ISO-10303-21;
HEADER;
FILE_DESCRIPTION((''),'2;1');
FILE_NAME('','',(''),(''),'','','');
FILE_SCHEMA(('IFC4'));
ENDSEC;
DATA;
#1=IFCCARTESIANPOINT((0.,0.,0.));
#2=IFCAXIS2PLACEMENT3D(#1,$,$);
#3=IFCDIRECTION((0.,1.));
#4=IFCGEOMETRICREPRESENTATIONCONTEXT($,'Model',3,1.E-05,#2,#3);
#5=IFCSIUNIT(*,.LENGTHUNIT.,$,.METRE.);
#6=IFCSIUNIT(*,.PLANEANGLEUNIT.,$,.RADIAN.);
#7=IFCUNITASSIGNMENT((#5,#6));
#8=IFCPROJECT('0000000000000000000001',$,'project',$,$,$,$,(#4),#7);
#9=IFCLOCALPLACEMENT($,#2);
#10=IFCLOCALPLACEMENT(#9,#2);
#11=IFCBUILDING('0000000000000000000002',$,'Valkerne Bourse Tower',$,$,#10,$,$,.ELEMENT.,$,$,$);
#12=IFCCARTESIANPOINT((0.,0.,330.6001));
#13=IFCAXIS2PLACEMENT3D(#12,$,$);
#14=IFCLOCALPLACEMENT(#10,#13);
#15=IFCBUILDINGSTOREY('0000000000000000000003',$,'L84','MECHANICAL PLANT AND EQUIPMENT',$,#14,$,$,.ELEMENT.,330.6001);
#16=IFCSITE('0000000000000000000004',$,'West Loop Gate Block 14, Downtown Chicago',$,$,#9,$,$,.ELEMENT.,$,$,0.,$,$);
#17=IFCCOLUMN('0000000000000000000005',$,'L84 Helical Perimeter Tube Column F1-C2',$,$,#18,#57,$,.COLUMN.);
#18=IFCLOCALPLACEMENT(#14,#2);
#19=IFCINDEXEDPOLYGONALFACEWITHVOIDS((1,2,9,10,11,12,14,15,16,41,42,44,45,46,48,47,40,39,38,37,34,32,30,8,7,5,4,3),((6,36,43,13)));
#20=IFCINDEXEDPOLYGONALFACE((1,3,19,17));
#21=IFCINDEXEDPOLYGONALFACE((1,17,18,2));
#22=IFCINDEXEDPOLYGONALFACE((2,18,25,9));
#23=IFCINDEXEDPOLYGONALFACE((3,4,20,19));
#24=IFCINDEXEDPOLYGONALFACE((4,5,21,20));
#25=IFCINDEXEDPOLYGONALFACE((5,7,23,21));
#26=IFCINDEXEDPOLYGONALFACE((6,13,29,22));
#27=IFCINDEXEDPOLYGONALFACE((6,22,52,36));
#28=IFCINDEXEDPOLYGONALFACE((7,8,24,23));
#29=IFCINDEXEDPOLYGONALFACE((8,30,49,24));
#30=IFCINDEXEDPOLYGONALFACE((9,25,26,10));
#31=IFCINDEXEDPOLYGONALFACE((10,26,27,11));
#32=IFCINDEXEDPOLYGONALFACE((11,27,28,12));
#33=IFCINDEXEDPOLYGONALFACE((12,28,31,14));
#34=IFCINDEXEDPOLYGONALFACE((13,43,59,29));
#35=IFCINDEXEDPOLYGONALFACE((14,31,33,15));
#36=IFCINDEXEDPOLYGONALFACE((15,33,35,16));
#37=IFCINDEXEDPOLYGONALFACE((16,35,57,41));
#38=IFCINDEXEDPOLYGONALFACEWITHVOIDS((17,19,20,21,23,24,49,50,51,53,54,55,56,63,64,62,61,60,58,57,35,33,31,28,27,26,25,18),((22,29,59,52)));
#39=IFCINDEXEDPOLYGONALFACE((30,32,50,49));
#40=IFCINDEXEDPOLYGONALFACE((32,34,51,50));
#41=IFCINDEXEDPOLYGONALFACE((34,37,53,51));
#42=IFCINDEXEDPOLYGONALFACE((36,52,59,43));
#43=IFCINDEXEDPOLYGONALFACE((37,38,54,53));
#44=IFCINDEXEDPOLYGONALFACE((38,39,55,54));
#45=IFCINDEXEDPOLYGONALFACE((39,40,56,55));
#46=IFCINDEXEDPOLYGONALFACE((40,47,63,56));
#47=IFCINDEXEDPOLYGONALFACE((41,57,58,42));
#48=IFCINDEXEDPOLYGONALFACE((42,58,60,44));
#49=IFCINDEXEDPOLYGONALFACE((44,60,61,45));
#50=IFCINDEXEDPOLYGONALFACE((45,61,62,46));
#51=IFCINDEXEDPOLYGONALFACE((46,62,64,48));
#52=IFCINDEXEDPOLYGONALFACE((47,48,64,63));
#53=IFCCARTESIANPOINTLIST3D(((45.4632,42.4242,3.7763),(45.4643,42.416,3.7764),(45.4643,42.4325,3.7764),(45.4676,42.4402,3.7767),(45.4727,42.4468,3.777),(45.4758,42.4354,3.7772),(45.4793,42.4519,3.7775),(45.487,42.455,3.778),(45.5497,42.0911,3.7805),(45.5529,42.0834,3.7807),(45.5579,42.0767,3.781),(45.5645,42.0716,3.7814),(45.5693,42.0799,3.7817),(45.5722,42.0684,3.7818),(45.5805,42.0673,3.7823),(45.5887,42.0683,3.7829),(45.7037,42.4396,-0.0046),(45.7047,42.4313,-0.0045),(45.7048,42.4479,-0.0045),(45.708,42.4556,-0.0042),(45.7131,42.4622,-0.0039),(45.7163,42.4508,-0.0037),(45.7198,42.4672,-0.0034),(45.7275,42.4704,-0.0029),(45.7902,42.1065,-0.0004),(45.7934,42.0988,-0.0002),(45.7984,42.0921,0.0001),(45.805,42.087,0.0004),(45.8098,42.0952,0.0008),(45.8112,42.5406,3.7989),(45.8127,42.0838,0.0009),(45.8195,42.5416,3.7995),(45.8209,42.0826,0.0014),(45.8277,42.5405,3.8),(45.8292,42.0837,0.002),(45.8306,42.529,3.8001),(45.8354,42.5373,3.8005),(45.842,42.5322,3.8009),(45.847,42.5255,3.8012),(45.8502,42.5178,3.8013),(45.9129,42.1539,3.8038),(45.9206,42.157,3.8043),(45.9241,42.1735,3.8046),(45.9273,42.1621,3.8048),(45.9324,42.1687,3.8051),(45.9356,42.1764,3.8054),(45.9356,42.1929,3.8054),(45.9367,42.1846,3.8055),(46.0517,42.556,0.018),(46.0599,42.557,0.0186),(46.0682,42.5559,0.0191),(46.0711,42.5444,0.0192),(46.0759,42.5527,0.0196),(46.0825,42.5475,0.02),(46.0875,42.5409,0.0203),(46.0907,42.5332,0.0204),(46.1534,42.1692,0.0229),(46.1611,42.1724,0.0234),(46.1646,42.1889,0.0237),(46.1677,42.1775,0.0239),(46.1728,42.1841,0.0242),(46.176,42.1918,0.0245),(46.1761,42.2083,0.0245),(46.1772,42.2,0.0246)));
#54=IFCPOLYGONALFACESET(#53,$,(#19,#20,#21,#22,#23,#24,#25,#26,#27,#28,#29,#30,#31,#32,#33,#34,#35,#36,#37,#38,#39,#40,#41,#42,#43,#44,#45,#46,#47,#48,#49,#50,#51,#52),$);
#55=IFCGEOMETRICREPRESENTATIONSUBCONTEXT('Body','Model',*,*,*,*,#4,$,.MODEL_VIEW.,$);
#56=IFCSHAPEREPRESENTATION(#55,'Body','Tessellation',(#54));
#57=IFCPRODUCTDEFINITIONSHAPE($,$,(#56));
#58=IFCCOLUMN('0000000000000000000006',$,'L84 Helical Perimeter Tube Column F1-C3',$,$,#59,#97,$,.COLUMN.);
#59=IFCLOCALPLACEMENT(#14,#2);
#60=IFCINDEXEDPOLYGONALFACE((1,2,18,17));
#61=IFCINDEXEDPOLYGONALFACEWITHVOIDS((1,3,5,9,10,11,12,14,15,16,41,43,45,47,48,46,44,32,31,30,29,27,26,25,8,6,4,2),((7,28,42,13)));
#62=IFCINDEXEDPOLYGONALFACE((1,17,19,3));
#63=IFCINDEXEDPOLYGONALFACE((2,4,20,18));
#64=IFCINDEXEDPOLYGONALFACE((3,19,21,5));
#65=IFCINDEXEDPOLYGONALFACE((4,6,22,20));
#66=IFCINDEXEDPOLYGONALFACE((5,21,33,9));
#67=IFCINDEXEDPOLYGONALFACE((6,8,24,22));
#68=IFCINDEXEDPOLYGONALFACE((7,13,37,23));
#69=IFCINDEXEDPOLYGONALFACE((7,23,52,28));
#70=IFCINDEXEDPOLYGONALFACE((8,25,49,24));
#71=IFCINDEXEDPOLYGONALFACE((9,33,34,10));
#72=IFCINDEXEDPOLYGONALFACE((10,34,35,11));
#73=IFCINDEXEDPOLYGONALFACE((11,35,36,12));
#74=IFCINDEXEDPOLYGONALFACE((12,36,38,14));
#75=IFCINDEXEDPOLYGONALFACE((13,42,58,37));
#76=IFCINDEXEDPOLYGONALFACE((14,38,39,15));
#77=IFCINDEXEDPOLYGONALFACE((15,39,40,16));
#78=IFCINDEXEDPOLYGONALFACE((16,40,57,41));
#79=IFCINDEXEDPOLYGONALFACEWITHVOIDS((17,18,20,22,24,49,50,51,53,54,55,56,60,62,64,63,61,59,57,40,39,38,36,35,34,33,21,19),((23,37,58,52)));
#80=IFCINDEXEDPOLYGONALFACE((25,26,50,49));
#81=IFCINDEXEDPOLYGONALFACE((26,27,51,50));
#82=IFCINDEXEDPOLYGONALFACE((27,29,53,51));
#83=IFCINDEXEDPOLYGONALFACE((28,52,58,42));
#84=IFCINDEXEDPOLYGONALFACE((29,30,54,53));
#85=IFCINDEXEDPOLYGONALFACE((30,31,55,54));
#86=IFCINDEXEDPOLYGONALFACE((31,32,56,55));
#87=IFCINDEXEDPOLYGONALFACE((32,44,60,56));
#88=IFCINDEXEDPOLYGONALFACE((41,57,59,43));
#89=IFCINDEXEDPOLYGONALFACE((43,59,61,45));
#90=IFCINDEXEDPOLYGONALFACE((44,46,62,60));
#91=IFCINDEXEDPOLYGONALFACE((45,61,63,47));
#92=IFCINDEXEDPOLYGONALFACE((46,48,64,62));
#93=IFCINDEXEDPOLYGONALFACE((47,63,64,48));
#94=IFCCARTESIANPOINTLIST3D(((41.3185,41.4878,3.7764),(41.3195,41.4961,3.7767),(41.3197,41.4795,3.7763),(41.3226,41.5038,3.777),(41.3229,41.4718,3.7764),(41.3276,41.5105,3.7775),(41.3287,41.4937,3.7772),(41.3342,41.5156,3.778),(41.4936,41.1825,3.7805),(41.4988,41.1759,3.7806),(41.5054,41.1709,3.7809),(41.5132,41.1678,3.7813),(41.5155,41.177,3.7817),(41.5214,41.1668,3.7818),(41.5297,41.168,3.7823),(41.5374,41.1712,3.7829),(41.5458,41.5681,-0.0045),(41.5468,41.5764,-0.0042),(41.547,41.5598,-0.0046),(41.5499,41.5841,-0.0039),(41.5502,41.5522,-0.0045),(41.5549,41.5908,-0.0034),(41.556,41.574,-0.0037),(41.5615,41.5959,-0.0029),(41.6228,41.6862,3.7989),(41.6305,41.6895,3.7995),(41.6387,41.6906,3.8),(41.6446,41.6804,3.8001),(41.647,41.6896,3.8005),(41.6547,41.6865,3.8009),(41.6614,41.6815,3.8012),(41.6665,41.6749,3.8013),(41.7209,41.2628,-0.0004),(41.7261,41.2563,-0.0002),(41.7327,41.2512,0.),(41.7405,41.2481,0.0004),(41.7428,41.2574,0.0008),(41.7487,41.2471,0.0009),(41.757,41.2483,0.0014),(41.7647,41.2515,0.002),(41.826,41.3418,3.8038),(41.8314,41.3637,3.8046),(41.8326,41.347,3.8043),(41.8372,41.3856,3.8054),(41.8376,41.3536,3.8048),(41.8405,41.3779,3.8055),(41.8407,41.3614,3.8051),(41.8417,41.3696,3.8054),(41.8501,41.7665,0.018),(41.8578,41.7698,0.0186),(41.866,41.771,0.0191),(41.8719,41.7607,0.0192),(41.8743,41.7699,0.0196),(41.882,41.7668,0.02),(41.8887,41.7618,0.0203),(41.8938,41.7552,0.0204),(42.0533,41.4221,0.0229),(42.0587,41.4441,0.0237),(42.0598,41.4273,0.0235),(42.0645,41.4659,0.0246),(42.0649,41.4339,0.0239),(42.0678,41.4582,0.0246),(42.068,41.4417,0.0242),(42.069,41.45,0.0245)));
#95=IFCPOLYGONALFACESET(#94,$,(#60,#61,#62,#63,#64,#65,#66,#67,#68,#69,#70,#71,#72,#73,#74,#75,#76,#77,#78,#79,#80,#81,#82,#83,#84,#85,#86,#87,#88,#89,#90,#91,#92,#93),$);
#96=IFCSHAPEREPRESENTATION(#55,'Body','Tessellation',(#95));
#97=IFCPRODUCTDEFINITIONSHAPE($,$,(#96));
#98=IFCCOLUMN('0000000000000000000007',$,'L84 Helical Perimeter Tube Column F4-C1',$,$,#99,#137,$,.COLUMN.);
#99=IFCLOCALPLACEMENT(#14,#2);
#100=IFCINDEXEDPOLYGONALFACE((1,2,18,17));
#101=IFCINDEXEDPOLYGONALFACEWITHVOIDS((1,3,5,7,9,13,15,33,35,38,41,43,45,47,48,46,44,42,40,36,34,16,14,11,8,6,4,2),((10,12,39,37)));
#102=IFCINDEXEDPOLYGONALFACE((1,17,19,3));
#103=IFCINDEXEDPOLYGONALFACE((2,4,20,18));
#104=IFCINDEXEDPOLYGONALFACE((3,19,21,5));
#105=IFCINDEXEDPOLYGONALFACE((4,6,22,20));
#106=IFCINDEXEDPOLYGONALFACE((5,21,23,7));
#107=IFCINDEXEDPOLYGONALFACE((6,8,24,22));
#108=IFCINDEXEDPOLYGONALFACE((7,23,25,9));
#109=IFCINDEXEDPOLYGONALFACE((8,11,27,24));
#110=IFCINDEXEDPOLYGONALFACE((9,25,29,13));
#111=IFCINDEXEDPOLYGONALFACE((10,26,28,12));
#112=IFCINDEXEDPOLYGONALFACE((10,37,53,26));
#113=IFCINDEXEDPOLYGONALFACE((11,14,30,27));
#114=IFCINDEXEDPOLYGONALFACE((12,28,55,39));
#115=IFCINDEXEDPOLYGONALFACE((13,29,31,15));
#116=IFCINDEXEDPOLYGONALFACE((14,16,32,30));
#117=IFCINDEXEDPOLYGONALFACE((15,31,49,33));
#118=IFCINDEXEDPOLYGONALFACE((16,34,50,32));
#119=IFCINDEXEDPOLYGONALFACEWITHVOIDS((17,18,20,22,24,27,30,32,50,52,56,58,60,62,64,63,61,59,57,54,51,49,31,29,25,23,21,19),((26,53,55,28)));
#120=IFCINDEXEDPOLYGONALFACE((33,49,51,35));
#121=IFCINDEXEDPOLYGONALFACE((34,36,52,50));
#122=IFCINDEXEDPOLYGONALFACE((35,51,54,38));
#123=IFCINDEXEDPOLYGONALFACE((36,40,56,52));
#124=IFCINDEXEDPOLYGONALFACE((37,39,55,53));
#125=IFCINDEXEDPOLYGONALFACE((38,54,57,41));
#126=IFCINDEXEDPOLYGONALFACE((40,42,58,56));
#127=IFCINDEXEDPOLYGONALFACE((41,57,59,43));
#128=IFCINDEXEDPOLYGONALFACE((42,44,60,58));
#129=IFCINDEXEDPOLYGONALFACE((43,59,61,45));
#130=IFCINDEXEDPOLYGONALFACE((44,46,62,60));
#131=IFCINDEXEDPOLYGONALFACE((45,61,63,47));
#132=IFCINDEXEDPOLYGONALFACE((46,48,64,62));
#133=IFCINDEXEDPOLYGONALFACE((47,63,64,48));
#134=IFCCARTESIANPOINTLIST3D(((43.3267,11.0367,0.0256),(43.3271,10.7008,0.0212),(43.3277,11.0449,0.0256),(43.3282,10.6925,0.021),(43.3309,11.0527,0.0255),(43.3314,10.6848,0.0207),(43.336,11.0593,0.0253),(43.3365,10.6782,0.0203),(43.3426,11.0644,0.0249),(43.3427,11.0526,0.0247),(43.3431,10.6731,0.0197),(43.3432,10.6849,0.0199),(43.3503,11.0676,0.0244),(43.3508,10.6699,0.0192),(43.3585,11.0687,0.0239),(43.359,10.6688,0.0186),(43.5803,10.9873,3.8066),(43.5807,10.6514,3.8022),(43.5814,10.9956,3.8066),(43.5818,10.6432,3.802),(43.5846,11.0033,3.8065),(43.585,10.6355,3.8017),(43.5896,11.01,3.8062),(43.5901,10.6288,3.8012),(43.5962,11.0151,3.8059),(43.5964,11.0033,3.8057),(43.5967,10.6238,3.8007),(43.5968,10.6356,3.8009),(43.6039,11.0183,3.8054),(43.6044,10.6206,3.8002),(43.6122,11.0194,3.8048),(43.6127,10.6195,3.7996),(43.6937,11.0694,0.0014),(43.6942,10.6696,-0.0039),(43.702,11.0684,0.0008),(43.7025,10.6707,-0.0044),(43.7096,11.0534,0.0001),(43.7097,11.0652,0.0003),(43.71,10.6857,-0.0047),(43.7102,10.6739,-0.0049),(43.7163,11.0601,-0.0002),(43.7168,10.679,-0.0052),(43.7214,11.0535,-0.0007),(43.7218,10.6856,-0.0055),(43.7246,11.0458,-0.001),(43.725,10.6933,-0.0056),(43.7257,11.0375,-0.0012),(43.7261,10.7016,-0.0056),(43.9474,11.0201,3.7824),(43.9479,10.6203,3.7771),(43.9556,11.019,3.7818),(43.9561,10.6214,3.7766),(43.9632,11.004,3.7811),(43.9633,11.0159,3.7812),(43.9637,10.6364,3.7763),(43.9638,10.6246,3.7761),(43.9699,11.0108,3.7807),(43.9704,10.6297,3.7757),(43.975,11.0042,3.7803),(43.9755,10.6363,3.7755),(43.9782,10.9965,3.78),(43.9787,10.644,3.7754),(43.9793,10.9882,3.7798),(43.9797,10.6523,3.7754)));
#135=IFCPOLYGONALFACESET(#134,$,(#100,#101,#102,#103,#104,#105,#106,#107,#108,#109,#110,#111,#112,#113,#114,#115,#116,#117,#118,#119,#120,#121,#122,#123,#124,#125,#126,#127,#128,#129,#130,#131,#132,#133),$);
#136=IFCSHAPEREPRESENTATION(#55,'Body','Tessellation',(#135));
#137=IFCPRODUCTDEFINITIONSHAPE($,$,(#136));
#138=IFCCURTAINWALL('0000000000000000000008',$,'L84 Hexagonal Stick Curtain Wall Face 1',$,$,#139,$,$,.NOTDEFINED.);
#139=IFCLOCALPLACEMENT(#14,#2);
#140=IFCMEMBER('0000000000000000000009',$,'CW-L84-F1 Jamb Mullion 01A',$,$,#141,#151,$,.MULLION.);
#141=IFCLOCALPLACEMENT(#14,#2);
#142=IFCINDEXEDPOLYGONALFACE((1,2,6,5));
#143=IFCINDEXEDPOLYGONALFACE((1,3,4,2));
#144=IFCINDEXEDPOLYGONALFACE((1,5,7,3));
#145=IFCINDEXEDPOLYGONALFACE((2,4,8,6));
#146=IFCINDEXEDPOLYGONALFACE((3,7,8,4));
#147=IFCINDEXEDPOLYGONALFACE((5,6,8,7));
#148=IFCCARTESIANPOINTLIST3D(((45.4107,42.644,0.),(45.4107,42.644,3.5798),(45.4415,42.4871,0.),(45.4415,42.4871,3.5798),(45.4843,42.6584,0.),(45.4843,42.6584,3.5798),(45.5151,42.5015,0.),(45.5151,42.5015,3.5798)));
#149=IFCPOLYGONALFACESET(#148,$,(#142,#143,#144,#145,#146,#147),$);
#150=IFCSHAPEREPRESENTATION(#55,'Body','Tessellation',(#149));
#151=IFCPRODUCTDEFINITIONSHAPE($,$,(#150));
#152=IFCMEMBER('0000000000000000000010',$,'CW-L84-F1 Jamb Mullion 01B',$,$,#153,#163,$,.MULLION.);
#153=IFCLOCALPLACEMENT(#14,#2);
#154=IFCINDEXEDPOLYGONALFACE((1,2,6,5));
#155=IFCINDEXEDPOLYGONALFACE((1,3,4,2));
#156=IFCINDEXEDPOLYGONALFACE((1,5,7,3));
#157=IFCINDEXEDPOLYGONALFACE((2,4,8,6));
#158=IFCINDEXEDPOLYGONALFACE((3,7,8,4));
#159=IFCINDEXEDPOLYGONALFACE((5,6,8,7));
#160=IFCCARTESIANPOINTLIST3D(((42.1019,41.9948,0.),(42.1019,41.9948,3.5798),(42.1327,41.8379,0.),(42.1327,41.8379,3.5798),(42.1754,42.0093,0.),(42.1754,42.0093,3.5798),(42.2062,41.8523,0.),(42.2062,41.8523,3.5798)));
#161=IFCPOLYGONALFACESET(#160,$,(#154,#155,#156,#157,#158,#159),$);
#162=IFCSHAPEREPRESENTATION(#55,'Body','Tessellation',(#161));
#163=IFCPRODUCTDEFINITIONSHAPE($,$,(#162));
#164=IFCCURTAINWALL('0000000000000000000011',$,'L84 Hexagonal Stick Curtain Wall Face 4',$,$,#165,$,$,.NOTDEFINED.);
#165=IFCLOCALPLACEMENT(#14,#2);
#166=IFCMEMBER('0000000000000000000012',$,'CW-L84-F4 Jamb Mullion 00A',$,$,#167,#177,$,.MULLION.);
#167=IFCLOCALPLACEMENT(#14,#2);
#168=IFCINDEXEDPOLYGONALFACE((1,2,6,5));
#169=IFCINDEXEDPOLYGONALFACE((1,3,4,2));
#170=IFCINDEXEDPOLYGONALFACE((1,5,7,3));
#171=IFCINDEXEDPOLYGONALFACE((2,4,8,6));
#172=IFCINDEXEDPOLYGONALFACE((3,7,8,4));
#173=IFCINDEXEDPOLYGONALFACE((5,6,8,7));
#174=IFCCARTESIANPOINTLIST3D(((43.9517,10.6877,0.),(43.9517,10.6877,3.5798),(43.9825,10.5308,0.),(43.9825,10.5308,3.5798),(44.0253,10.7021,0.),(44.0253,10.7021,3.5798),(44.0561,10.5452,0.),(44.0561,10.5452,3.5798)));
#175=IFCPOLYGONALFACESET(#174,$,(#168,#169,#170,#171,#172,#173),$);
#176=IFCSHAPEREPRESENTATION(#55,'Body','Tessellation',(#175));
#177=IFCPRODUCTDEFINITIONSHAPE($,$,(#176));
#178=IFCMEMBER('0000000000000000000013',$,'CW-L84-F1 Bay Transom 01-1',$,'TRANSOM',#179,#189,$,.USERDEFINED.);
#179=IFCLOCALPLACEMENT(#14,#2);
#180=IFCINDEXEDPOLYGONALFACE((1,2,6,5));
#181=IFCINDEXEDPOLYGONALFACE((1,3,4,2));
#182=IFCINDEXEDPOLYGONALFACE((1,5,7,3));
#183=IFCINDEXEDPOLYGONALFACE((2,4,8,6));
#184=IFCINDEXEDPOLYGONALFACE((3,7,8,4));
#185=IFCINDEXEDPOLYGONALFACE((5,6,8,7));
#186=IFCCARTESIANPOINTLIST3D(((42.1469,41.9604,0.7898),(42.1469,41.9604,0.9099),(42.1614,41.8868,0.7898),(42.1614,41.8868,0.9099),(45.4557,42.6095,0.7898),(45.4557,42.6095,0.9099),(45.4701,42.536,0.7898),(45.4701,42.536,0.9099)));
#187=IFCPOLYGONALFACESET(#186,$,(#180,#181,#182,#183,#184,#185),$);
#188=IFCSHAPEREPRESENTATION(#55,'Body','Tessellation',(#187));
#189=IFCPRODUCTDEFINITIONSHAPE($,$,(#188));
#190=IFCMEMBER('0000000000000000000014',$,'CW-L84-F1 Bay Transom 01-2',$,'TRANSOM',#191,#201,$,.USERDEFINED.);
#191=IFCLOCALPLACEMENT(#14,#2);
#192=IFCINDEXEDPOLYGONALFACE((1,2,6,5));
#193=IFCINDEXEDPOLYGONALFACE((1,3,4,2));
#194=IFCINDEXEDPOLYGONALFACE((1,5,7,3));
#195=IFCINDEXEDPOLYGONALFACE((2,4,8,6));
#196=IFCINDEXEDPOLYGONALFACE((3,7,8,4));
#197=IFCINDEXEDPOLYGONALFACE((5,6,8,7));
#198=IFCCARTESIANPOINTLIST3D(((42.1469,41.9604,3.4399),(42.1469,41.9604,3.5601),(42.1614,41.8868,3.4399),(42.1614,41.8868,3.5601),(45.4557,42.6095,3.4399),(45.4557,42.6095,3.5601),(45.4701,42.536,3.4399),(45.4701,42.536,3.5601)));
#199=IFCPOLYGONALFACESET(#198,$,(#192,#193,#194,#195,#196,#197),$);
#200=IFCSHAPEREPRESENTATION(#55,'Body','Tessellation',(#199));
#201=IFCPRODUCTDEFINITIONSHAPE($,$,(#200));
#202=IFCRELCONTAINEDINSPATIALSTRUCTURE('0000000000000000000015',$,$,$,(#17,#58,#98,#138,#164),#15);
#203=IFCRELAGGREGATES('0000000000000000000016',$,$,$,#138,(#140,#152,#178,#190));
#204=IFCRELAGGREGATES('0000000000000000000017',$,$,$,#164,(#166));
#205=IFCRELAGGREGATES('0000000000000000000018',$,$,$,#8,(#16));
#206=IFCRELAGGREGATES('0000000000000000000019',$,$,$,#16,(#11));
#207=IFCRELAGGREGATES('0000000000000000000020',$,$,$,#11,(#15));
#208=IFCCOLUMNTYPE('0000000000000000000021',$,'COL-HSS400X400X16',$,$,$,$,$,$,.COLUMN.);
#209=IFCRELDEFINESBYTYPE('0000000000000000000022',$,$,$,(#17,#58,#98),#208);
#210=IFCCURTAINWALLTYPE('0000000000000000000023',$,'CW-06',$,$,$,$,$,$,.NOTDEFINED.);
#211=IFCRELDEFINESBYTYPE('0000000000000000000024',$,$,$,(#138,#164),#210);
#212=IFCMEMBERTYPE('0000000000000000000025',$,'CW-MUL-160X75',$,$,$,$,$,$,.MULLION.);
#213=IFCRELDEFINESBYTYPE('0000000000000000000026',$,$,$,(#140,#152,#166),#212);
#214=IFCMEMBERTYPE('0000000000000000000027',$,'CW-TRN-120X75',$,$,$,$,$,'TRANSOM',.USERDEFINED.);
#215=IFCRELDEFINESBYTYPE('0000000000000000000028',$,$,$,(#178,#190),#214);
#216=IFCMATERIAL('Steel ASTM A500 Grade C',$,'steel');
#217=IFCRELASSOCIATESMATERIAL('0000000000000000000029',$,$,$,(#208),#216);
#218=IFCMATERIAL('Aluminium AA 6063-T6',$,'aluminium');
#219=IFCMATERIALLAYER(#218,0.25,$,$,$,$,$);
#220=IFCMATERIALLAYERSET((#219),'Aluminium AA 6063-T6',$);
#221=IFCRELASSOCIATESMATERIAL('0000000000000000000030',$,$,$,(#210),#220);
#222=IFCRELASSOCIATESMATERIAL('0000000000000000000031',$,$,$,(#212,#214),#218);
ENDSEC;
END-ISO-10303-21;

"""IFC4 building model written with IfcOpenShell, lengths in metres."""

from ifc_helpers import new_model, si_unit, direction, frame, origin, origin_2d, place, context, subcontext, project, spatial, rectangle, hollow_rectangle, extrude, material, layer, layer_set, material_profile, profile_set, type_object, element, aggregate, save


model = new_model("IFC4")

# Units and contexts
model_context = context("Model", 3, precision=1e-05, world=origin(), true_north=direction((0.0, 1.0)))
body_context = subcontext(model_context, "Body", "Model", "MODEL_VIEW")
ifc_project = project(units=[si_unit("LENGTHUNIT", "METRE"), si_unit("PLANEANGLEUNIT", "RADIAN")], contexts=[model_context])

# Site, building, storey
site_placement = place(None, origin())
site = spatial("IfcSite", under=ifc_project, at=site_placement, Name="West Loop Gate Block 14, Downtown Chicago", CompositionType="ELEMENT", RefElevation=0.0)
building_placement = place(site_placement, origin())
building = spatial("IfcBuilding", under=site, at=building_placement, Name="Valkerne Bourse Tower", CompositionType="ELEMENT")
storey_placement = place(building_placement, frame((0.0, 0.0, 330.6001)))
storey = spatial("IfcBuildingStorey", under=building, at=storey_placement, Name="L84", Description="MECHANICAL PLANT AND EQUIPMENT", CompositionType="ELEMENT", Elevation=330.6001)

# Columns
ifc_material_1 = material(Name="Steel ASTM A500 Grade C", Category="steel")
ifc_material_profile_1 = material_profile(ifc_material_1, hollow_rectangle(XDim=0.3999, YDim=0.3999, WallThickness=0.0161, OuterFilletRadius=0.032, at=origin_2d()), Name="HSS400X400X16")
ifc_profile_set_1 = profile_set([ifc_material_profile_1], Name="Steel ASTM A500 Grade C")
column_type = type_object("IfcColumnType", Name="COL-HSS400X400X16", PredefinedType="COLUMN", material=ifc_profile_set_1)
for number, where, z_axis, x_axis, name in (
    (1, (45.9404, 42.3198, 0.01), (-0.063473, -0.00406, 0.997975), (-0.254375, 0.967028, -0.012245), "L84 Helical Perimeter Tube Column F1-C2"),
    (2, (41.8074, 41.509, 0.01), (-0.059993, -0.021201, 0.997974), (-0.508111, 0.861204, -0.01225), "L84 Helical Perimeter Tube Column F1-C3"),
):
    element("IfcColumn", number, at=place(storey_placement, frame(where, z_axis=z_axis, x_axis=x_axis)), inside=storey, type_object=column_type, Name=name, PredefinedType="COLUMN", context=body_context, shape_type="SweptSolid", body=[
        extrude(hollow_rectangle(XDim=0.3999, YDim=0.3999, WallThickness=0.0161, OuterFilletRadius=0.032, at=origin_2d()), origin(), (0.0, 0.0, 1.0), 3.7886),
    ])
column_placement = place(storey_placement, frame((43.5264, 10.8691, 0.01), z_axis=(0.066932, -0.013013, 0.997673), x_axis=(-0.001269, 0.999913, 0.013127)))
element("IfcColumn", 3, at=column_placement, inside=storey, type_object=column_type, Name="L84 Helical Perimeter Tube Column F4-C1", PredefinedType="COLUMN", context=body_context, shape_type="SweptSolid", body=[
    extrude(hollow_rectangle(XDim=0.3999, YDim=0.3999, WallThickness=0.0161, OuterFilletRadius=0.032, at=origin_2d()), origin(), (0.0, 0.0, 1.0), 3.7898),
])

# Curtain wall, members
ifc_material_2 = material(Name="Aluminium AA 6063-T6", Category="aluminium")
ifc_layer_1 = layer(ifc_material_2, 0.25)
ifc_layer_set_1 = layer_set([ifc_layer_1], Name="Aluminium AA 6063-T6")
curtain_wall_type = type_object("IfcCurtainWallType", Name="CW-06", PredefinedType="NOTDEFINED", material=ifc_layer_set_1)
curtain_wall_1_placement = place(storey_placement, origin())
curtain_wall_1 = element("IfcCurtainWall", 4, at=curtain_wall_1_placement, inside=storey, type_object=curtain_wall_type, Name="L84 Hexagonal Stick Curtain Wall Face 1", PredefinedType="NOTDEFINED")
ifc_material_profile_2 = material_profile(ifc_material_2, rectangle(XDim=0.075, YDim=0.1599, at=origin_2d()), Name="CWM-75X160")
ifc_profile_set_2 = profile_set([ifc_material_profile_2], Name="Aluminium AA 6063-T6")
member_type_1 = type_object("IfcMemberType", Name="CW-MUL-160X75", PredefinedType="MULLION", material=ifc_profile_set_2)
member_1_placement = place(storey_placement, frame((45.4629, 42.5728, 0.0), z_axis=(0.0, 0.0, 1.0), x_axis=(-0.981293, -0.192522, 0.0)))
member_1 = element("IfcMember", 5, at=member_1_placement, type_object=member_type_1, Name="CW-L84-F1 Jamb Mullion 01A", PredefinedType="MULLION", context=body_context, shape_type="SweptSolid", body=[
    extrude(rectangle(XDim=0.075, YDim=0.1599, at=origin_2d()), origin(), (0.0, 0.0, 1.0), 3.5798),
])
member_2_placement = place(storey_placement, frame((42.1541, 41.9236, 0.0), z_axis=(0.0, 0.0, 1.0), x_axis=(-0.981293, -0.192522, 0.0)))
member_2 = element("IfcMember", 6, at=member_2_placement, type_object=member_type_1, Name="CW-L84-F1 Jamb Mullion 01B", PredefinedType="MULLION", context=body_context, shape_type="SweptSolid", body=[
    extrude(rectangle(XDim=0.075, YDim=0.1599, at=origin_2d()), origin(), (0.0, 0.0, 1.0), 3.5798),
])

# Curtain wall, member
curtain_wall_2_placement = place(storey_placement, origin())
curtain_wall_2 = element("IfcCurtainWall", 7, at=curtain_wall_2_placement, inside=storey, type_object=curtain_wall_type, Name="L84 Hexagonal Stick Curtain Wall Face 4", PredefinedType="NOTDEFINED")
member_3_placement = place(storey_placement, frame((44.0039, 10.6165, 0.0), z_axis=(0.0, 0.0, 1.0), x_axis=(0.981293, 0.192522, 0.0)))
member_3 = element("IfcMember", 8, at=member_3_placement, type_object=member_type_1, Name="CW-L84-F4 Jamb Mullion 00A", PredefinedType="MULLION", context=body_context, shape_type="SweptSolid", body=[
    extrude(rectangle(XDim=0.075, YDim=0.1599, at=origin_2d()), origin(), (0.0, 0.0, 1.0), 3.5798),
])

# Members
ifc_material_profile_3 = material_profile(ifc_material_2, rectangle(XDim=0.075, YDim=0.1201, at=origin_2d()), Name="CWT-75X120")
ifc_profile_set_3 = profile_set([ifc_material_profile_3], Name="Aluminium AA 6063-T6")
member_type_2 = type_object("IfcMemberType", Name="CW-TRN-120X75", ElementType="TRANSOM", PredefinedType="USERDEFINED", material=ifc_profile_set_3)
member_4_placement = place(storey_placement, frame((45.4629, 42.5728, 0.8499), z_axis=(-0.981293, -0.192522, 0.0), x_axis=(0.192522, -0.981293, 0.0)))
member_4 = element("IfcMember", 9, at=member_4_placement, type_object=member_type_2, Name="CW-L84-F1 Bay Transom 01-1", ObjectType="TRANSOM", PredefinedType="USERDEFINED", context=body_context, shape_type="SweptSolid", body=[
    extrude(rectangle(XDim=0.075, YDim=0.1201, at=origin_2d()), origin(), (0.0, 0.0, 1.0), 3.3718),
])
member_5_placement = place(storey_placement, frame((45.4629, 42.5728, 3.5), z_axis=(-0.981293, -0.192522, 0.0), x_axis=(0.192522, -0.981293, 0.0)))
member_5 = element("IfcMember", 10, at=member_5_placement, type_object=member_type_2, Name="CW-L84-F1 Bay Transom 01-2", ObjectType="TRANSOM", PredefinedType="USERDEFINED", context=body_context, shape_type="SweptSolid", body=[
    extrude(rectangle(XDim=0.075, YDim=0.1201, at=origin_2d()), origin(), (0.0, 0.0, 1.0), 3.3718),
])

aggregate(curtain_wall_1, [member_1, member_2, member_4, member_5])
aggregate(curtain_wall_2, [member_3])

save(model, "model.ifc")
